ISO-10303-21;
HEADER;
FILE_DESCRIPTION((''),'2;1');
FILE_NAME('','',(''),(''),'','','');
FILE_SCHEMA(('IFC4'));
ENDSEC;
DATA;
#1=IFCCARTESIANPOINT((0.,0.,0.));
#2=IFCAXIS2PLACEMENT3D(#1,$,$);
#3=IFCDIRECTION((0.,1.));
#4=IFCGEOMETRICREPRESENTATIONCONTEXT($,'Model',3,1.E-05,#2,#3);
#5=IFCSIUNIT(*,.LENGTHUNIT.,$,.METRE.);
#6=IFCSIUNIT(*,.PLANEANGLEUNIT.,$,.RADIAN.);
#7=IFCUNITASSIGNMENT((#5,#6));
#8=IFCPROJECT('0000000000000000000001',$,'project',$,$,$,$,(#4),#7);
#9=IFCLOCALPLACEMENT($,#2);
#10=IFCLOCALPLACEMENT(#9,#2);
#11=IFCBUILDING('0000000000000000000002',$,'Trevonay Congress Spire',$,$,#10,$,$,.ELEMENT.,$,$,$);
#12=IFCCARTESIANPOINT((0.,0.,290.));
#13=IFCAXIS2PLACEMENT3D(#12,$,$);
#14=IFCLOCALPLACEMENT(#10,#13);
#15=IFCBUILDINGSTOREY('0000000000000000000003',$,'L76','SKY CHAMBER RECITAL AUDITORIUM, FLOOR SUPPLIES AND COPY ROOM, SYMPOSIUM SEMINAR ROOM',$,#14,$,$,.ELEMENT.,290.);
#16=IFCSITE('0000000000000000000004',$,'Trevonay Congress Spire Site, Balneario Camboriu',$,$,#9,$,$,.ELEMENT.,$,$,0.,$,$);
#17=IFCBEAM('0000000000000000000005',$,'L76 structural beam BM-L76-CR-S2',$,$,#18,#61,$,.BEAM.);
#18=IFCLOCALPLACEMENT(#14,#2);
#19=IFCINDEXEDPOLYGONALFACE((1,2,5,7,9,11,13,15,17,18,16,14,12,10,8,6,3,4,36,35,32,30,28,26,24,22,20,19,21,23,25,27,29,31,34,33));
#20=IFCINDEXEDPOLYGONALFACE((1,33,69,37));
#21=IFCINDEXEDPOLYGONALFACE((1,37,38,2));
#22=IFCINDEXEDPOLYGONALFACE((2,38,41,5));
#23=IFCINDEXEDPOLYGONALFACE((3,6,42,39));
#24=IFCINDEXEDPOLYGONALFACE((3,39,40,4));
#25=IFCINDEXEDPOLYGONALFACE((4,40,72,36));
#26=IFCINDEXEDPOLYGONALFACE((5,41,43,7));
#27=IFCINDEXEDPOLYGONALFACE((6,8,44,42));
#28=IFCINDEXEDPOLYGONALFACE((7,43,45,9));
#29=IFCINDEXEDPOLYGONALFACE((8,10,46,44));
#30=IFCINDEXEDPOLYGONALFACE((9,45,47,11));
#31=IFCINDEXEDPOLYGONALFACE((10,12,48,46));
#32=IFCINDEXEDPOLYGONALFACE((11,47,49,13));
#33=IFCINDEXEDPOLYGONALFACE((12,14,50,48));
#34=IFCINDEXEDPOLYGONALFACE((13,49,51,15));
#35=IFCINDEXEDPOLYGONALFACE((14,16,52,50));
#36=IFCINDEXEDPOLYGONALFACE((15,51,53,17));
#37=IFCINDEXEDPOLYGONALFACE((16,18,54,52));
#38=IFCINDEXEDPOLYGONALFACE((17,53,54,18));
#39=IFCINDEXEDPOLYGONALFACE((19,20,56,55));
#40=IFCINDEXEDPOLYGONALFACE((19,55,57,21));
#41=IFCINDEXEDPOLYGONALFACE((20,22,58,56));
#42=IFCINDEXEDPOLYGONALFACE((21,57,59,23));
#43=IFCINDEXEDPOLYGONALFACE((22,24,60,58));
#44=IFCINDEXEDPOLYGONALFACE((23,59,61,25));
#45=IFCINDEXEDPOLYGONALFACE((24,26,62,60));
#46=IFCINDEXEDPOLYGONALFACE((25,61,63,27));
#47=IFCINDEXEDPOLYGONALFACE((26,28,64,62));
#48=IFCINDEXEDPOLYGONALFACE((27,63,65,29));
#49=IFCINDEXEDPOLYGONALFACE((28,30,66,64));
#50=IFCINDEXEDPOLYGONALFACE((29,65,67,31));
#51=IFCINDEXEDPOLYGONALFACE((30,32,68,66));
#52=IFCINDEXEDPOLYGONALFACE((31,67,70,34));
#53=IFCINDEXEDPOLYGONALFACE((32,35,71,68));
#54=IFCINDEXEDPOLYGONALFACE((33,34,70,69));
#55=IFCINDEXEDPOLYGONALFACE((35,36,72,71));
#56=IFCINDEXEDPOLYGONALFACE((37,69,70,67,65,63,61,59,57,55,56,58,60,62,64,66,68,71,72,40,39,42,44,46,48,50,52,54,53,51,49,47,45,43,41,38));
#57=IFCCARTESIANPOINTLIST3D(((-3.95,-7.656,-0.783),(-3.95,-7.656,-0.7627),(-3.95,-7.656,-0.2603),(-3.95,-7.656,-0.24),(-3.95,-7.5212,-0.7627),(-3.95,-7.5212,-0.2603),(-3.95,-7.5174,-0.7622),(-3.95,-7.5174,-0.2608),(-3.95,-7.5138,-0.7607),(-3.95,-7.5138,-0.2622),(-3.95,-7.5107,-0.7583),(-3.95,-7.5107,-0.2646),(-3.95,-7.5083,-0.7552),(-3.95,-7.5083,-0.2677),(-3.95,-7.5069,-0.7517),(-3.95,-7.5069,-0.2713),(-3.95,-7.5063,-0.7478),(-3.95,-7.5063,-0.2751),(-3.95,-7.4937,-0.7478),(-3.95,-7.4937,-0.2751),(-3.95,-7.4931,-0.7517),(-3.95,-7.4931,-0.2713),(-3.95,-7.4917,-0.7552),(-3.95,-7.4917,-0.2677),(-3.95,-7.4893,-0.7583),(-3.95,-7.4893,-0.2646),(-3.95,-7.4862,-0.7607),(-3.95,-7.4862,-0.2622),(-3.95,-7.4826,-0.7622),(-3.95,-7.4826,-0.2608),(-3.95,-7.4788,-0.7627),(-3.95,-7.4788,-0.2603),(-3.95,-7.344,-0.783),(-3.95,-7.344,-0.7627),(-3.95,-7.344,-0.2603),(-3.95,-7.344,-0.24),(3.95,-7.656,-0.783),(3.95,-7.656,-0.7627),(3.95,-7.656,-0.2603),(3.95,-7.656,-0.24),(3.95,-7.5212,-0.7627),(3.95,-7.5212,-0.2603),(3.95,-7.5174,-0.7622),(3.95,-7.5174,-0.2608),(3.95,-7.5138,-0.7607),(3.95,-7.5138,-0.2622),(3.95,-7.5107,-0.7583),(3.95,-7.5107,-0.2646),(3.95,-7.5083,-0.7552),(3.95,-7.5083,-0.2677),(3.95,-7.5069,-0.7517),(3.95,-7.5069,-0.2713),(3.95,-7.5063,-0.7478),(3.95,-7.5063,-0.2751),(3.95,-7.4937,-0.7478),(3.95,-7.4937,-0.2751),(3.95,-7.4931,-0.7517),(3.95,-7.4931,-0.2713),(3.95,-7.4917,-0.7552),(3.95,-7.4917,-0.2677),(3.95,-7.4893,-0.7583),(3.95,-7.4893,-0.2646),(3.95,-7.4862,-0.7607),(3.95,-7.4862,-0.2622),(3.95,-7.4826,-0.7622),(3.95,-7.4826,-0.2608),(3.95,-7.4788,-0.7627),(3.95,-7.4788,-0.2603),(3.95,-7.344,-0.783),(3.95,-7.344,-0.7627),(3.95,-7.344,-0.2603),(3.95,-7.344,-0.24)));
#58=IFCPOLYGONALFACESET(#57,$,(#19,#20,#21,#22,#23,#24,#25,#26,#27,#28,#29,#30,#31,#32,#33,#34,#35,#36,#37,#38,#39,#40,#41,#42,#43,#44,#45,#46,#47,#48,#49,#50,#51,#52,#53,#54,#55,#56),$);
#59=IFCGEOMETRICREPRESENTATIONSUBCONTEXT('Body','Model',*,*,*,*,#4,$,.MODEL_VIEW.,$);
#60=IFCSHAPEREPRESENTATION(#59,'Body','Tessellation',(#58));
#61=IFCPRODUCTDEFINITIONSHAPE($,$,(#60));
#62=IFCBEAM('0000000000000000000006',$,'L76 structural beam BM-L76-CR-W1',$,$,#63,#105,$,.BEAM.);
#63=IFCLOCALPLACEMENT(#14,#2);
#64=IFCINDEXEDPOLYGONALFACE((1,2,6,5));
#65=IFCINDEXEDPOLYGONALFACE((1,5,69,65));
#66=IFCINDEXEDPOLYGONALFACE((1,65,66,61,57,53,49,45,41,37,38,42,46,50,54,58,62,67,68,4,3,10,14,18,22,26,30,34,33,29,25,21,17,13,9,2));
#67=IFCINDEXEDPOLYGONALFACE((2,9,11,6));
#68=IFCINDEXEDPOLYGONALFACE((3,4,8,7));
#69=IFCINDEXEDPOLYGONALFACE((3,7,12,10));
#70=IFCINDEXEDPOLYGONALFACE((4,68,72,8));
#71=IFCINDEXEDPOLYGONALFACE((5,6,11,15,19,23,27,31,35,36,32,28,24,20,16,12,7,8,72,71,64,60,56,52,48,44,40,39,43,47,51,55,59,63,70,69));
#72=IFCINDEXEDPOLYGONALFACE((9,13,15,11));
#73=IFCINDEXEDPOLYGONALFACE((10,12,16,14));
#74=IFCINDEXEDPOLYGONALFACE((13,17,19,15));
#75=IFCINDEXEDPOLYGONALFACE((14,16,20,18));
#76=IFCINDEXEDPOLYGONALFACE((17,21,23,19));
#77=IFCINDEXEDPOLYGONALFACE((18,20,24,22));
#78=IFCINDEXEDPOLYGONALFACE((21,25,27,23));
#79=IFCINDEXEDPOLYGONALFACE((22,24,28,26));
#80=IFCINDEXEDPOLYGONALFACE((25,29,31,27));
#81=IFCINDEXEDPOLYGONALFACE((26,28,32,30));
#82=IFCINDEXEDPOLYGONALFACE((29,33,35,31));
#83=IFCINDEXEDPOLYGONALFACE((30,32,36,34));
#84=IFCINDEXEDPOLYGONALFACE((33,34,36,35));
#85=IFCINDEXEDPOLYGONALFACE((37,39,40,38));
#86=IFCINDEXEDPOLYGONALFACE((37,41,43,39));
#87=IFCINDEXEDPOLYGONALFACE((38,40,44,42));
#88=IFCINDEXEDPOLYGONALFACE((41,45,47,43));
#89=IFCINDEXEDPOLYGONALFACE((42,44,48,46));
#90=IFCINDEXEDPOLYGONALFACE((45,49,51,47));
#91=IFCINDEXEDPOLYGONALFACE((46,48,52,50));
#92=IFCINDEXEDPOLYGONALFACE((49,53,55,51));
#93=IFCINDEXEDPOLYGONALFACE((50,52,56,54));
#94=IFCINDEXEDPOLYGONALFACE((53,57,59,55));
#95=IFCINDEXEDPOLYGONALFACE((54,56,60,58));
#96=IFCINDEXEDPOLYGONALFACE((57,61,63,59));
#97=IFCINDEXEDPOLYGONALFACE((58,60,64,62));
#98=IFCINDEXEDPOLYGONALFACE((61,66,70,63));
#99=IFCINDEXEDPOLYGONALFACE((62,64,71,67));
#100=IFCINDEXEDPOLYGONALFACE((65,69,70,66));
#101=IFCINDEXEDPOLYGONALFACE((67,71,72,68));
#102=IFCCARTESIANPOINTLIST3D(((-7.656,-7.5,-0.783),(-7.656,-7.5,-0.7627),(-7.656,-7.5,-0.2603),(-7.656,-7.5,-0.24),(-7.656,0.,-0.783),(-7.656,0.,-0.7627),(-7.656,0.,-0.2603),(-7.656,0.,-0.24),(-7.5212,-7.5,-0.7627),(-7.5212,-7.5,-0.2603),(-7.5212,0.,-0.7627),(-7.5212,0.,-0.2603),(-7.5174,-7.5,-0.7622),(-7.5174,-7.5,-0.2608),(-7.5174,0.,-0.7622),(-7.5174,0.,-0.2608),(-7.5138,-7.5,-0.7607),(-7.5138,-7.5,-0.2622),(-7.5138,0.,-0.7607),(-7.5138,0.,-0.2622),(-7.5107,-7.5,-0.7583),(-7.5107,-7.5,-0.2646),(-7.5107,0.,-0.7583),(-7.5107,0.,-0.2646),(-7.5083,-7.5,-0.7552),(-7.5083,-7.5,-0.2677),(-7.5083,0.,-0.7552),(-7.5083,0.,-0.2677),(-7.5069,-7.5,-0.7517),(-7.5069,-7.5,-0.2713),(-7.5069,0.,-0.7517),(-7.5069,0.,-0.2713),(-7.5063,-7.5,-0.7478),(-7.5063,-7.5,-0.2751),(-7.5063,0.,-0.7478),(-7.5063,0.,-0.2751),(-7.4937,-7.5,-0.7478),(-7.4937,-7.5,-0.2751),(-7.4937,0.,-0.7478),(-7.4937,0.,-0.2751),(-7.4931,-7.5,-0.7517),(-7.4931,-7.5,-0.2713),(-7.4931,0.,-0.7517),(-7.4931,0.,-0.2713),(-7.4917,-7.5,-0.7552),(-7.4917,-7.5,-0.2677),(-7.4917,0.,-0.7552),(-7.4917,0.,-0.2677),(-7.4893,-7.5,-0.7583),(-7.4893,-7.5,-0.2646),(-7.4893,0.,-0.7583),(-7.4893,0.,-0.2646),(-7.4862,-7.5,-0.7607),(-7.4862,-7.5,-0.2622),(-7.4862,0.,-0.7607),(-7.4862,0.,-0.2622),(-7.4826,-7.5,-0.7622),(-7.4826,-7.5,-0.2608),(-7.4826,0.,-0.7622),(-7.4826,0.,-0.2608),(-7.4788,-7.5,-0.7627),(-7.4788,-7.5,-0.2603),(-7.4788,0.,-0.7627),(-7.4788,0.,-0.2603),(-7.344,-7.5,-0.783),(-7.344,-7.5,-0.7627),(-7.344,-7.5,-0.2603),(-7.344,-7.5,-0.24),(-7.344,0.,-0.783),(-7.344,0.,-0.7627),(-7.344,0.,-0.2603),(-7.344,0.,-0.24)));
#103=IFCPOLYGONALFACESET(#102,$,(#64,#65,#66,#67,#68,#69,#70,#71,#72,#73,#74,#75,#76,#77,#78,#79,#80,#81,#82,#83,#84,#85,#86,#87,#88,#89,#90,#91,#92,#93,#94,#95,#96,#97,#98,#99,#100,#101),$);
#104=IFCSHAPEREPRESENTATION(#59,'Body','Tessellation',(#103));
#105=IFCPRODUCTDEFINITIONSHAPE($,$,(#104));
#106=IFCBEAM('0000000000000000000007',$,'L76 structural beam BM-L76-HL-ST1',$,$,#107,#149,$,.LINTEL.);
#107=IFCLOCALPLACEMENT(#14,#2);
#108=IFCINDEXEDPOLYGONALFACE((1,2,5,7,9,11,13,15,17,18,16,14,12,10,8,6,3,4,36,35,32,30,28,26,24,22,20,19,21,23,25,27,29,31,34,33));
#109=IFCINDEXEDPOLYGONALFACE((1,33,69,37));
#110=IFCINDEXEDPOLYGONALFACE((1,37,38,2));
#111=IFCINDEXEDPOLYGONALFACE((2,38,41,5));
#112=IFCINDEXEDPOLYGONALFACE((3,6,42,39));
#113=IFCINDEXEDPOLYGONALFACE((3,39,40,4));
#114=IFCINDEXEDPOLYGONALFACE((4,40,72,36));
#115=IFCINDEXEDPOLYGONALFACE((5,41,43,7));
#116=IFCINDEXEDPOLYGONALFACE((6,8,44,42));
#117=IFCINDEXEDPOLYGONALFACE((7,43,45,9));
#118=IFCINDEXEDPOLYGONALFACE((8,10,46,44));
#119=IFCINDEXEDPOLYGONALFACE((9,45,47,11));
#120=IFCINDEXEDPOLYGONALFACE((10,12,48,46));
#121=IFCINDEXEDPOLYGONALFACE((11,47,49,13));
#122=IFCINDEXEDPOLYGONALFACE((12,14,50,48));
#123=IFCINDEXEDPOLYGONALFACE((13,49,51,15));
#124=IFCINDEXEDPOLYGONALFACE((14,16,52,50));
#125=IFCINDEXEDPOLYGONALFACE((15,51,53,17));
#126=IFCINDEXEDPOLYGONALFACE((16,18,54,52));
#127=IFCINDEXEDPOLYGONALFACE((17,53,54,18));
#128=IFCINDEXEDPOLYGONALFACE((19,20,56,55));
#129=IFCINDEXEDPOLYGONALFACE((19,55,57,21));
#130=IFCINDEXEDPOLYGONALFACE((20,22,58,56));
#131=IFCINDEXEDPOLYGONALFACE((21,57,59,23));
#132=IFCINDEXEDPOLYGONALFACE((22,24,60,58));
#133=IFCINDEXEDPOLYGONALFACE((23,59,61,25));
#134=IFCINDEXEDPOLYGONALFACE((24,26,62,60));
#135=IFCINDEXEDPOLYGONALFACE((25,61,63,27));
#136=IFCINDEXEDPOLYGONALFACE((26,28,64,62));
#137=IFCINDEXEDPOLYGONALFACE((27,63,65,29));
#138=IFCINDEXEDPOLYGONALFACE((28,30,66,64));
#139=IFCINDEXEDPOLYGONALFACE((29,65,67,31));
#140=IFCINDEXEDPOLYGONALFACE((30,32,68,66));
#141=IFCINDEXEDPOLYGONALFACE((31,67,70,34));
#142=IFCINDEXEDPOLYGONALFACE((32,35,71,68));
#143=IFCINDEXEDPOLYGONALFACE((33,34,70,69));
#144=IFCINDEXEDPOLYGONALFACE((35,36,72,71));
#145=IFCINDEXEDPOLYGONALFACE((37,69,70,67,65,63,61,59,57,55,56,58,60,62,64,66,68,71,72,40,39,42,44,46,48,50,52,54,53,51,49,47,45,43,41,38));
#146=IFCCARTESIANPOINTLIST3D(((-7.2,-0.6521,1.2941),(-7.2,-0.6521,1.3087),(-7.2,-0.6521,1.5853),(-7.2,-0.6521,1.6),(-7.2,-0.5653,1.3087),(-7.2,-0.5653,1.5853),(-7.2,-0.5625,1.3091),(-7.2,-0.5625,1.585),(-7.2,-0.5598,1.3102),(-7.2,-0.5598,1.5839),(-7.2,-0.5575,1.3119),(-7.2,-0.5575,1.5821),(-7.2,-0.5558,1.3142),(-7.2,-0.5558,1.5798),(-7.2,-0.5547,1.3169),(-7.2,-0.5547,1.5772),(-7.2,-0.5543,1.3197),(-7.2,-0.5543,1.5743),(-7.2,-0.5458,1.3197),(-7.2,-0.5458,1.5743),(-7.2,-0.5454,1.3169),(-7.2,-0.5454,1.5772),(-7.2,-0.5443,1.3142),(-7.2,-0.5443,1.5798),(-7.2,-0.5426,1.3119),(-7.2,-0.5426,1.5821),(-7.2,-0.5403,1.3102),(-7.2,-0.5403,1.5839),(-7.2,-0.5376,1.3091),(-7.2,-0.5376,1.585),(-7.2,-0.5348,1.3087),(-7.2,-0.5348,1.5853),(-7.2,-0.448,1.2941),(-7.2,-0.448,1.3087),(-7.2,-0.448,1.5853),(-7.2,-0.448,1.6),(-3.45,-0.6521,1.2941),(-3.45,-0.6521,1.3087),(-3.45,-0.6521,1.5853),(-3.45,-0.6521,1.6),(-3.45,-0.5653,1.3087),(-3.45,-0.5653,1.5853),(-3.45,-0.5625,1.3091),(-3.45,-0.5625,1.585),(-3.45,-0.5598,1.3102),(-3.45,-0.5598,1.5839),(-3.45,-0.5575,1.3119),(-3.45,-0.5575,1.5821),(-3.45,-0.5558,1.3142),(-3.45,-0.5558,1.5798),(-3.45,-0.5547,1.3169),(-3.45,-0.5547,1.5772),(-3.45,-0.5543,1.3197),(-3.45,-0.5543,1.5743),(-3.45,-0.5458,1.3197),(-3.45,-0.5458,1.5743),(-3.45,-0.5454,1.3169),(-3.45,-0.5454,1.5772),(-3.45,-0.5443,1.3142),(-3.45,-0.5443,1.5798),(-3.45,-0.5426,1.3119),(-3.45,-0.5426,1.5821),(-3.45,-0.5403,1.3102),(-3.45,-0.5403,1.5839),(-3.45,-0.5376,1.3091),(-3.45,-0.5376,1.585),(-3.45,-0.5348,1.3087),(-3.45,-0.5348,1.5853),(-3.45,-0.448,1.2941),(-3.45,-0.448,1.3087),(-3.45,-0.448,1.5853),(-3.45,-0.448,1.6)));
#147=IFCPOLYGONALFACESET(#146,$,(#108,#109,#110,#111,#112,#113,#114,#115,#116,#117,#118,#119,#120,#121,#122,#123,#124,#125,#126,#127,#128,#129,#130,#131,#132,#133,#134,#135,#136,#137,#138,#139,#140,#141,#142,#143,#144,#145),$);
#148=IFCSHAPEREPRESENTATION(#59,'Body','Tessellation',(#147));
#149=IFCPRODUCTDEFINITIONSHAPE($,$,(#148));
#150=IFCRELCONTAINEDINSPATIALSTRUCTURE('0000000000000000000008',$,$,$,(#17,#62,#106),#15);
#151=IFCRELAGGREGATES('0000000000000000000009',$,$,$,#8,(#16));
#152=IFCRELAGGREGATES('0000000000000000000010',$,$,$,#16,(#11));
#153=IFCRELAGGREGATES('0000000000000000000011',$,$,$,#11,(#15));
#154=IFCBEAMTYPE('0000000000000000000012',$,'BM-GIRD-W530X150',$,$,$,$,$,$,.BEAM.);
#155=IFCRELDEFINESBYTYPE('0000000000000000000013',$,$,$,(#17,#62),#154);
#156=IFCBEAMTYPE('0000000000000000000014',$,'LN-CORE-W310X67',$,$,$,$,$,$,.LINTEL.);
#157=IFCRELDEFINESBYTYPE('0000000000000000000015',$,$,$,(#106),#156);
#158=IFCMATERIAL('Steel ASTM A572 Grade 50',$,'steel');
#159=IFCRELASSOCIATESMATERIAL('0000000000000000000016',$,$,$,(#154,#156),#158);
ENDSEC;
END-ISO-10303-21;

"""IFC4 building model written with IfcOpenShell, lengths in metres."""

from ifc_helpers import new_model, si_unit, direction, frame, origin, origin_2d, place, context, subcontext, project, spatial, i_section, extrude, material, material_profile, profile_set, type_object, element, save


model = new_model("IFC4")

# Units and contexts
model_context = context("Model", 3, precision=1e-05, world=origin(), true_north=direction((0.0, 1.0)))
body_context = subcontext(model_context, "Body", "Model", "MODEL_VIEW")
ifc_project = project(units=[si_unit("LENGTHUNIT", "METRE"), si_unit("PLANEANGLEUNIT", "RADIAN")], contexts=[model_context])

# Site, building, storey
site_placement = place(None, origin())
site = spatial("IfcSite", under=ifc_project, at=site_placement, Name="Trevonay Congress Spire Site, Balneario Camboriu", CompositionType="ELEMENT", RefElevation=0.0)
building_placement = place(site_placement, origin())
building = spatial("IfcBuilding", under=site, at=building_placement, Name="Trevonay Congress Spire", CompositionType="ELEMENT")
storey_placement = place(building_placement, frame((0.0, 0.0, 290.0)))
storey = spatial("IfcBuildingStorey", under=building, at=storey_placement, Name="L76", Description="SKY CHAMBER RECITAL AUDITORIUM, FLOOR SUPPLIES AND COPY ROOM, SYMPOSIUM SEMINAR ROOM", CompositionType="ELEMENT", Elevation=290.0)

# Shared definitions
ifc_material_1 = material(Name="Steel ASTM A572 Grade 50", Category="steel")

# Beams
ifc_material_profile_1 = material_profile(ifc_material_1, i_section(OverallWidth=0.312, OverallDepth=0.543, WebThickness=0.0127, FlangeThickness=0.0203, FilletRadius=0.0149, at=origin_2d()), Name="W530x150")
ifc_profile_set_1 = profile_set([ifc_material_profile_1], Name="Steel ASTM A572 Grade 50")
beam_type_1 = type_object("IfcBeamType", Name="BM-GIRD-W530X150", PredefinedType="BEAM", material=ifc_profile_set_1)
beam_1_placement = place(storey_placement, frame((-3.95, -7.5, -0.5115), z_axis=(1.0, 0.0, 0.0), x_axis=(0.0, 1.0, 0.0)))
element("IfcBeam", 1, at=beam_1_placement, inside=storey, type_object=beam_type_1, Name="L76 structural beam BM-L76-CR-S2", PredefinedType="BEAM", context=body_context, shape_type="SweptSolid", body=[
    extrude(i_section(OverallWidth=0.312, OverallDepth=0.543, WebThickness=0.0127, FlangeThickness=0.0203, FilletRadius=0.0149, at=origin_2d()), origin(), (0.0, 0.0, 1.0), 7.8999),
])
beam_2_placement = place(storey_placement, frame((-7.5, -7.5, -0.5115), z_axis=(0.0, 1.0, 0.0), x_axis=(-1.0, 0.0, 0.0)))
element("IfcBeam", 2, at=beam_2_placement, inside=storey, type_object=beam_type_1, Name="L76 structural beam BM-L76-CR-W1", PredefinedType="BEAM", context=body_context, shape_type="SweptSolid", body=[
    extrude(i_section(OverallWidth=0.312, OverallDepth=0.543, WebThickness=0.0127, FlangeThickness=0.0203, FilletRadius=0.0149, at=origin_2d()), origin(), (0.0, 0.0, 1.0), 7.5),
])
ifc_material_profile_2 = material_profile(ifc_material_1, i_section(OverallWidth=0.2041, OverallDepth=0.3059, WebThickness=0.0085, FlangeThickness=0.0146, FilletRadius=0.011, at=origin_2d()), Name="W310x67")
ifc_profile_set_2 = profile_set([ifc_material_profile_2], Name="Steel ASTM A572 Grade 50")
beam_type_2 = type_object("IfcBeamType", Name="LN-CORE-W310X67", PredefinedType="LINTEL", material=ifc_profile_set_2)
beam_3_placement = place(storey_placement, frame((-7.2, -0.55, 1.447), z_axis=(1.0, 0.0, 0.0), x_axis=(0.0, 1.0, 0.0)))
element("IfcBeam", 3, at=beam_3_placement, inside=storey, type_object=beam_type_2, Name="L76 structural beam BM-L76-HL-ST1", PredefinedType="LINTEL", context=body_context, shape_type="SweptSolid", body=[
    extrude(i_section(OverallWidth=0.2041, OverallDepth=0.3059, WebThickness=0.0085, FlangeThickness=0.0146, FilletRadius=0.011, at=origin_2d()), origin(), (0.0, 0.0, 1.0), 3.75),
])

save(model, "model.ifc")
